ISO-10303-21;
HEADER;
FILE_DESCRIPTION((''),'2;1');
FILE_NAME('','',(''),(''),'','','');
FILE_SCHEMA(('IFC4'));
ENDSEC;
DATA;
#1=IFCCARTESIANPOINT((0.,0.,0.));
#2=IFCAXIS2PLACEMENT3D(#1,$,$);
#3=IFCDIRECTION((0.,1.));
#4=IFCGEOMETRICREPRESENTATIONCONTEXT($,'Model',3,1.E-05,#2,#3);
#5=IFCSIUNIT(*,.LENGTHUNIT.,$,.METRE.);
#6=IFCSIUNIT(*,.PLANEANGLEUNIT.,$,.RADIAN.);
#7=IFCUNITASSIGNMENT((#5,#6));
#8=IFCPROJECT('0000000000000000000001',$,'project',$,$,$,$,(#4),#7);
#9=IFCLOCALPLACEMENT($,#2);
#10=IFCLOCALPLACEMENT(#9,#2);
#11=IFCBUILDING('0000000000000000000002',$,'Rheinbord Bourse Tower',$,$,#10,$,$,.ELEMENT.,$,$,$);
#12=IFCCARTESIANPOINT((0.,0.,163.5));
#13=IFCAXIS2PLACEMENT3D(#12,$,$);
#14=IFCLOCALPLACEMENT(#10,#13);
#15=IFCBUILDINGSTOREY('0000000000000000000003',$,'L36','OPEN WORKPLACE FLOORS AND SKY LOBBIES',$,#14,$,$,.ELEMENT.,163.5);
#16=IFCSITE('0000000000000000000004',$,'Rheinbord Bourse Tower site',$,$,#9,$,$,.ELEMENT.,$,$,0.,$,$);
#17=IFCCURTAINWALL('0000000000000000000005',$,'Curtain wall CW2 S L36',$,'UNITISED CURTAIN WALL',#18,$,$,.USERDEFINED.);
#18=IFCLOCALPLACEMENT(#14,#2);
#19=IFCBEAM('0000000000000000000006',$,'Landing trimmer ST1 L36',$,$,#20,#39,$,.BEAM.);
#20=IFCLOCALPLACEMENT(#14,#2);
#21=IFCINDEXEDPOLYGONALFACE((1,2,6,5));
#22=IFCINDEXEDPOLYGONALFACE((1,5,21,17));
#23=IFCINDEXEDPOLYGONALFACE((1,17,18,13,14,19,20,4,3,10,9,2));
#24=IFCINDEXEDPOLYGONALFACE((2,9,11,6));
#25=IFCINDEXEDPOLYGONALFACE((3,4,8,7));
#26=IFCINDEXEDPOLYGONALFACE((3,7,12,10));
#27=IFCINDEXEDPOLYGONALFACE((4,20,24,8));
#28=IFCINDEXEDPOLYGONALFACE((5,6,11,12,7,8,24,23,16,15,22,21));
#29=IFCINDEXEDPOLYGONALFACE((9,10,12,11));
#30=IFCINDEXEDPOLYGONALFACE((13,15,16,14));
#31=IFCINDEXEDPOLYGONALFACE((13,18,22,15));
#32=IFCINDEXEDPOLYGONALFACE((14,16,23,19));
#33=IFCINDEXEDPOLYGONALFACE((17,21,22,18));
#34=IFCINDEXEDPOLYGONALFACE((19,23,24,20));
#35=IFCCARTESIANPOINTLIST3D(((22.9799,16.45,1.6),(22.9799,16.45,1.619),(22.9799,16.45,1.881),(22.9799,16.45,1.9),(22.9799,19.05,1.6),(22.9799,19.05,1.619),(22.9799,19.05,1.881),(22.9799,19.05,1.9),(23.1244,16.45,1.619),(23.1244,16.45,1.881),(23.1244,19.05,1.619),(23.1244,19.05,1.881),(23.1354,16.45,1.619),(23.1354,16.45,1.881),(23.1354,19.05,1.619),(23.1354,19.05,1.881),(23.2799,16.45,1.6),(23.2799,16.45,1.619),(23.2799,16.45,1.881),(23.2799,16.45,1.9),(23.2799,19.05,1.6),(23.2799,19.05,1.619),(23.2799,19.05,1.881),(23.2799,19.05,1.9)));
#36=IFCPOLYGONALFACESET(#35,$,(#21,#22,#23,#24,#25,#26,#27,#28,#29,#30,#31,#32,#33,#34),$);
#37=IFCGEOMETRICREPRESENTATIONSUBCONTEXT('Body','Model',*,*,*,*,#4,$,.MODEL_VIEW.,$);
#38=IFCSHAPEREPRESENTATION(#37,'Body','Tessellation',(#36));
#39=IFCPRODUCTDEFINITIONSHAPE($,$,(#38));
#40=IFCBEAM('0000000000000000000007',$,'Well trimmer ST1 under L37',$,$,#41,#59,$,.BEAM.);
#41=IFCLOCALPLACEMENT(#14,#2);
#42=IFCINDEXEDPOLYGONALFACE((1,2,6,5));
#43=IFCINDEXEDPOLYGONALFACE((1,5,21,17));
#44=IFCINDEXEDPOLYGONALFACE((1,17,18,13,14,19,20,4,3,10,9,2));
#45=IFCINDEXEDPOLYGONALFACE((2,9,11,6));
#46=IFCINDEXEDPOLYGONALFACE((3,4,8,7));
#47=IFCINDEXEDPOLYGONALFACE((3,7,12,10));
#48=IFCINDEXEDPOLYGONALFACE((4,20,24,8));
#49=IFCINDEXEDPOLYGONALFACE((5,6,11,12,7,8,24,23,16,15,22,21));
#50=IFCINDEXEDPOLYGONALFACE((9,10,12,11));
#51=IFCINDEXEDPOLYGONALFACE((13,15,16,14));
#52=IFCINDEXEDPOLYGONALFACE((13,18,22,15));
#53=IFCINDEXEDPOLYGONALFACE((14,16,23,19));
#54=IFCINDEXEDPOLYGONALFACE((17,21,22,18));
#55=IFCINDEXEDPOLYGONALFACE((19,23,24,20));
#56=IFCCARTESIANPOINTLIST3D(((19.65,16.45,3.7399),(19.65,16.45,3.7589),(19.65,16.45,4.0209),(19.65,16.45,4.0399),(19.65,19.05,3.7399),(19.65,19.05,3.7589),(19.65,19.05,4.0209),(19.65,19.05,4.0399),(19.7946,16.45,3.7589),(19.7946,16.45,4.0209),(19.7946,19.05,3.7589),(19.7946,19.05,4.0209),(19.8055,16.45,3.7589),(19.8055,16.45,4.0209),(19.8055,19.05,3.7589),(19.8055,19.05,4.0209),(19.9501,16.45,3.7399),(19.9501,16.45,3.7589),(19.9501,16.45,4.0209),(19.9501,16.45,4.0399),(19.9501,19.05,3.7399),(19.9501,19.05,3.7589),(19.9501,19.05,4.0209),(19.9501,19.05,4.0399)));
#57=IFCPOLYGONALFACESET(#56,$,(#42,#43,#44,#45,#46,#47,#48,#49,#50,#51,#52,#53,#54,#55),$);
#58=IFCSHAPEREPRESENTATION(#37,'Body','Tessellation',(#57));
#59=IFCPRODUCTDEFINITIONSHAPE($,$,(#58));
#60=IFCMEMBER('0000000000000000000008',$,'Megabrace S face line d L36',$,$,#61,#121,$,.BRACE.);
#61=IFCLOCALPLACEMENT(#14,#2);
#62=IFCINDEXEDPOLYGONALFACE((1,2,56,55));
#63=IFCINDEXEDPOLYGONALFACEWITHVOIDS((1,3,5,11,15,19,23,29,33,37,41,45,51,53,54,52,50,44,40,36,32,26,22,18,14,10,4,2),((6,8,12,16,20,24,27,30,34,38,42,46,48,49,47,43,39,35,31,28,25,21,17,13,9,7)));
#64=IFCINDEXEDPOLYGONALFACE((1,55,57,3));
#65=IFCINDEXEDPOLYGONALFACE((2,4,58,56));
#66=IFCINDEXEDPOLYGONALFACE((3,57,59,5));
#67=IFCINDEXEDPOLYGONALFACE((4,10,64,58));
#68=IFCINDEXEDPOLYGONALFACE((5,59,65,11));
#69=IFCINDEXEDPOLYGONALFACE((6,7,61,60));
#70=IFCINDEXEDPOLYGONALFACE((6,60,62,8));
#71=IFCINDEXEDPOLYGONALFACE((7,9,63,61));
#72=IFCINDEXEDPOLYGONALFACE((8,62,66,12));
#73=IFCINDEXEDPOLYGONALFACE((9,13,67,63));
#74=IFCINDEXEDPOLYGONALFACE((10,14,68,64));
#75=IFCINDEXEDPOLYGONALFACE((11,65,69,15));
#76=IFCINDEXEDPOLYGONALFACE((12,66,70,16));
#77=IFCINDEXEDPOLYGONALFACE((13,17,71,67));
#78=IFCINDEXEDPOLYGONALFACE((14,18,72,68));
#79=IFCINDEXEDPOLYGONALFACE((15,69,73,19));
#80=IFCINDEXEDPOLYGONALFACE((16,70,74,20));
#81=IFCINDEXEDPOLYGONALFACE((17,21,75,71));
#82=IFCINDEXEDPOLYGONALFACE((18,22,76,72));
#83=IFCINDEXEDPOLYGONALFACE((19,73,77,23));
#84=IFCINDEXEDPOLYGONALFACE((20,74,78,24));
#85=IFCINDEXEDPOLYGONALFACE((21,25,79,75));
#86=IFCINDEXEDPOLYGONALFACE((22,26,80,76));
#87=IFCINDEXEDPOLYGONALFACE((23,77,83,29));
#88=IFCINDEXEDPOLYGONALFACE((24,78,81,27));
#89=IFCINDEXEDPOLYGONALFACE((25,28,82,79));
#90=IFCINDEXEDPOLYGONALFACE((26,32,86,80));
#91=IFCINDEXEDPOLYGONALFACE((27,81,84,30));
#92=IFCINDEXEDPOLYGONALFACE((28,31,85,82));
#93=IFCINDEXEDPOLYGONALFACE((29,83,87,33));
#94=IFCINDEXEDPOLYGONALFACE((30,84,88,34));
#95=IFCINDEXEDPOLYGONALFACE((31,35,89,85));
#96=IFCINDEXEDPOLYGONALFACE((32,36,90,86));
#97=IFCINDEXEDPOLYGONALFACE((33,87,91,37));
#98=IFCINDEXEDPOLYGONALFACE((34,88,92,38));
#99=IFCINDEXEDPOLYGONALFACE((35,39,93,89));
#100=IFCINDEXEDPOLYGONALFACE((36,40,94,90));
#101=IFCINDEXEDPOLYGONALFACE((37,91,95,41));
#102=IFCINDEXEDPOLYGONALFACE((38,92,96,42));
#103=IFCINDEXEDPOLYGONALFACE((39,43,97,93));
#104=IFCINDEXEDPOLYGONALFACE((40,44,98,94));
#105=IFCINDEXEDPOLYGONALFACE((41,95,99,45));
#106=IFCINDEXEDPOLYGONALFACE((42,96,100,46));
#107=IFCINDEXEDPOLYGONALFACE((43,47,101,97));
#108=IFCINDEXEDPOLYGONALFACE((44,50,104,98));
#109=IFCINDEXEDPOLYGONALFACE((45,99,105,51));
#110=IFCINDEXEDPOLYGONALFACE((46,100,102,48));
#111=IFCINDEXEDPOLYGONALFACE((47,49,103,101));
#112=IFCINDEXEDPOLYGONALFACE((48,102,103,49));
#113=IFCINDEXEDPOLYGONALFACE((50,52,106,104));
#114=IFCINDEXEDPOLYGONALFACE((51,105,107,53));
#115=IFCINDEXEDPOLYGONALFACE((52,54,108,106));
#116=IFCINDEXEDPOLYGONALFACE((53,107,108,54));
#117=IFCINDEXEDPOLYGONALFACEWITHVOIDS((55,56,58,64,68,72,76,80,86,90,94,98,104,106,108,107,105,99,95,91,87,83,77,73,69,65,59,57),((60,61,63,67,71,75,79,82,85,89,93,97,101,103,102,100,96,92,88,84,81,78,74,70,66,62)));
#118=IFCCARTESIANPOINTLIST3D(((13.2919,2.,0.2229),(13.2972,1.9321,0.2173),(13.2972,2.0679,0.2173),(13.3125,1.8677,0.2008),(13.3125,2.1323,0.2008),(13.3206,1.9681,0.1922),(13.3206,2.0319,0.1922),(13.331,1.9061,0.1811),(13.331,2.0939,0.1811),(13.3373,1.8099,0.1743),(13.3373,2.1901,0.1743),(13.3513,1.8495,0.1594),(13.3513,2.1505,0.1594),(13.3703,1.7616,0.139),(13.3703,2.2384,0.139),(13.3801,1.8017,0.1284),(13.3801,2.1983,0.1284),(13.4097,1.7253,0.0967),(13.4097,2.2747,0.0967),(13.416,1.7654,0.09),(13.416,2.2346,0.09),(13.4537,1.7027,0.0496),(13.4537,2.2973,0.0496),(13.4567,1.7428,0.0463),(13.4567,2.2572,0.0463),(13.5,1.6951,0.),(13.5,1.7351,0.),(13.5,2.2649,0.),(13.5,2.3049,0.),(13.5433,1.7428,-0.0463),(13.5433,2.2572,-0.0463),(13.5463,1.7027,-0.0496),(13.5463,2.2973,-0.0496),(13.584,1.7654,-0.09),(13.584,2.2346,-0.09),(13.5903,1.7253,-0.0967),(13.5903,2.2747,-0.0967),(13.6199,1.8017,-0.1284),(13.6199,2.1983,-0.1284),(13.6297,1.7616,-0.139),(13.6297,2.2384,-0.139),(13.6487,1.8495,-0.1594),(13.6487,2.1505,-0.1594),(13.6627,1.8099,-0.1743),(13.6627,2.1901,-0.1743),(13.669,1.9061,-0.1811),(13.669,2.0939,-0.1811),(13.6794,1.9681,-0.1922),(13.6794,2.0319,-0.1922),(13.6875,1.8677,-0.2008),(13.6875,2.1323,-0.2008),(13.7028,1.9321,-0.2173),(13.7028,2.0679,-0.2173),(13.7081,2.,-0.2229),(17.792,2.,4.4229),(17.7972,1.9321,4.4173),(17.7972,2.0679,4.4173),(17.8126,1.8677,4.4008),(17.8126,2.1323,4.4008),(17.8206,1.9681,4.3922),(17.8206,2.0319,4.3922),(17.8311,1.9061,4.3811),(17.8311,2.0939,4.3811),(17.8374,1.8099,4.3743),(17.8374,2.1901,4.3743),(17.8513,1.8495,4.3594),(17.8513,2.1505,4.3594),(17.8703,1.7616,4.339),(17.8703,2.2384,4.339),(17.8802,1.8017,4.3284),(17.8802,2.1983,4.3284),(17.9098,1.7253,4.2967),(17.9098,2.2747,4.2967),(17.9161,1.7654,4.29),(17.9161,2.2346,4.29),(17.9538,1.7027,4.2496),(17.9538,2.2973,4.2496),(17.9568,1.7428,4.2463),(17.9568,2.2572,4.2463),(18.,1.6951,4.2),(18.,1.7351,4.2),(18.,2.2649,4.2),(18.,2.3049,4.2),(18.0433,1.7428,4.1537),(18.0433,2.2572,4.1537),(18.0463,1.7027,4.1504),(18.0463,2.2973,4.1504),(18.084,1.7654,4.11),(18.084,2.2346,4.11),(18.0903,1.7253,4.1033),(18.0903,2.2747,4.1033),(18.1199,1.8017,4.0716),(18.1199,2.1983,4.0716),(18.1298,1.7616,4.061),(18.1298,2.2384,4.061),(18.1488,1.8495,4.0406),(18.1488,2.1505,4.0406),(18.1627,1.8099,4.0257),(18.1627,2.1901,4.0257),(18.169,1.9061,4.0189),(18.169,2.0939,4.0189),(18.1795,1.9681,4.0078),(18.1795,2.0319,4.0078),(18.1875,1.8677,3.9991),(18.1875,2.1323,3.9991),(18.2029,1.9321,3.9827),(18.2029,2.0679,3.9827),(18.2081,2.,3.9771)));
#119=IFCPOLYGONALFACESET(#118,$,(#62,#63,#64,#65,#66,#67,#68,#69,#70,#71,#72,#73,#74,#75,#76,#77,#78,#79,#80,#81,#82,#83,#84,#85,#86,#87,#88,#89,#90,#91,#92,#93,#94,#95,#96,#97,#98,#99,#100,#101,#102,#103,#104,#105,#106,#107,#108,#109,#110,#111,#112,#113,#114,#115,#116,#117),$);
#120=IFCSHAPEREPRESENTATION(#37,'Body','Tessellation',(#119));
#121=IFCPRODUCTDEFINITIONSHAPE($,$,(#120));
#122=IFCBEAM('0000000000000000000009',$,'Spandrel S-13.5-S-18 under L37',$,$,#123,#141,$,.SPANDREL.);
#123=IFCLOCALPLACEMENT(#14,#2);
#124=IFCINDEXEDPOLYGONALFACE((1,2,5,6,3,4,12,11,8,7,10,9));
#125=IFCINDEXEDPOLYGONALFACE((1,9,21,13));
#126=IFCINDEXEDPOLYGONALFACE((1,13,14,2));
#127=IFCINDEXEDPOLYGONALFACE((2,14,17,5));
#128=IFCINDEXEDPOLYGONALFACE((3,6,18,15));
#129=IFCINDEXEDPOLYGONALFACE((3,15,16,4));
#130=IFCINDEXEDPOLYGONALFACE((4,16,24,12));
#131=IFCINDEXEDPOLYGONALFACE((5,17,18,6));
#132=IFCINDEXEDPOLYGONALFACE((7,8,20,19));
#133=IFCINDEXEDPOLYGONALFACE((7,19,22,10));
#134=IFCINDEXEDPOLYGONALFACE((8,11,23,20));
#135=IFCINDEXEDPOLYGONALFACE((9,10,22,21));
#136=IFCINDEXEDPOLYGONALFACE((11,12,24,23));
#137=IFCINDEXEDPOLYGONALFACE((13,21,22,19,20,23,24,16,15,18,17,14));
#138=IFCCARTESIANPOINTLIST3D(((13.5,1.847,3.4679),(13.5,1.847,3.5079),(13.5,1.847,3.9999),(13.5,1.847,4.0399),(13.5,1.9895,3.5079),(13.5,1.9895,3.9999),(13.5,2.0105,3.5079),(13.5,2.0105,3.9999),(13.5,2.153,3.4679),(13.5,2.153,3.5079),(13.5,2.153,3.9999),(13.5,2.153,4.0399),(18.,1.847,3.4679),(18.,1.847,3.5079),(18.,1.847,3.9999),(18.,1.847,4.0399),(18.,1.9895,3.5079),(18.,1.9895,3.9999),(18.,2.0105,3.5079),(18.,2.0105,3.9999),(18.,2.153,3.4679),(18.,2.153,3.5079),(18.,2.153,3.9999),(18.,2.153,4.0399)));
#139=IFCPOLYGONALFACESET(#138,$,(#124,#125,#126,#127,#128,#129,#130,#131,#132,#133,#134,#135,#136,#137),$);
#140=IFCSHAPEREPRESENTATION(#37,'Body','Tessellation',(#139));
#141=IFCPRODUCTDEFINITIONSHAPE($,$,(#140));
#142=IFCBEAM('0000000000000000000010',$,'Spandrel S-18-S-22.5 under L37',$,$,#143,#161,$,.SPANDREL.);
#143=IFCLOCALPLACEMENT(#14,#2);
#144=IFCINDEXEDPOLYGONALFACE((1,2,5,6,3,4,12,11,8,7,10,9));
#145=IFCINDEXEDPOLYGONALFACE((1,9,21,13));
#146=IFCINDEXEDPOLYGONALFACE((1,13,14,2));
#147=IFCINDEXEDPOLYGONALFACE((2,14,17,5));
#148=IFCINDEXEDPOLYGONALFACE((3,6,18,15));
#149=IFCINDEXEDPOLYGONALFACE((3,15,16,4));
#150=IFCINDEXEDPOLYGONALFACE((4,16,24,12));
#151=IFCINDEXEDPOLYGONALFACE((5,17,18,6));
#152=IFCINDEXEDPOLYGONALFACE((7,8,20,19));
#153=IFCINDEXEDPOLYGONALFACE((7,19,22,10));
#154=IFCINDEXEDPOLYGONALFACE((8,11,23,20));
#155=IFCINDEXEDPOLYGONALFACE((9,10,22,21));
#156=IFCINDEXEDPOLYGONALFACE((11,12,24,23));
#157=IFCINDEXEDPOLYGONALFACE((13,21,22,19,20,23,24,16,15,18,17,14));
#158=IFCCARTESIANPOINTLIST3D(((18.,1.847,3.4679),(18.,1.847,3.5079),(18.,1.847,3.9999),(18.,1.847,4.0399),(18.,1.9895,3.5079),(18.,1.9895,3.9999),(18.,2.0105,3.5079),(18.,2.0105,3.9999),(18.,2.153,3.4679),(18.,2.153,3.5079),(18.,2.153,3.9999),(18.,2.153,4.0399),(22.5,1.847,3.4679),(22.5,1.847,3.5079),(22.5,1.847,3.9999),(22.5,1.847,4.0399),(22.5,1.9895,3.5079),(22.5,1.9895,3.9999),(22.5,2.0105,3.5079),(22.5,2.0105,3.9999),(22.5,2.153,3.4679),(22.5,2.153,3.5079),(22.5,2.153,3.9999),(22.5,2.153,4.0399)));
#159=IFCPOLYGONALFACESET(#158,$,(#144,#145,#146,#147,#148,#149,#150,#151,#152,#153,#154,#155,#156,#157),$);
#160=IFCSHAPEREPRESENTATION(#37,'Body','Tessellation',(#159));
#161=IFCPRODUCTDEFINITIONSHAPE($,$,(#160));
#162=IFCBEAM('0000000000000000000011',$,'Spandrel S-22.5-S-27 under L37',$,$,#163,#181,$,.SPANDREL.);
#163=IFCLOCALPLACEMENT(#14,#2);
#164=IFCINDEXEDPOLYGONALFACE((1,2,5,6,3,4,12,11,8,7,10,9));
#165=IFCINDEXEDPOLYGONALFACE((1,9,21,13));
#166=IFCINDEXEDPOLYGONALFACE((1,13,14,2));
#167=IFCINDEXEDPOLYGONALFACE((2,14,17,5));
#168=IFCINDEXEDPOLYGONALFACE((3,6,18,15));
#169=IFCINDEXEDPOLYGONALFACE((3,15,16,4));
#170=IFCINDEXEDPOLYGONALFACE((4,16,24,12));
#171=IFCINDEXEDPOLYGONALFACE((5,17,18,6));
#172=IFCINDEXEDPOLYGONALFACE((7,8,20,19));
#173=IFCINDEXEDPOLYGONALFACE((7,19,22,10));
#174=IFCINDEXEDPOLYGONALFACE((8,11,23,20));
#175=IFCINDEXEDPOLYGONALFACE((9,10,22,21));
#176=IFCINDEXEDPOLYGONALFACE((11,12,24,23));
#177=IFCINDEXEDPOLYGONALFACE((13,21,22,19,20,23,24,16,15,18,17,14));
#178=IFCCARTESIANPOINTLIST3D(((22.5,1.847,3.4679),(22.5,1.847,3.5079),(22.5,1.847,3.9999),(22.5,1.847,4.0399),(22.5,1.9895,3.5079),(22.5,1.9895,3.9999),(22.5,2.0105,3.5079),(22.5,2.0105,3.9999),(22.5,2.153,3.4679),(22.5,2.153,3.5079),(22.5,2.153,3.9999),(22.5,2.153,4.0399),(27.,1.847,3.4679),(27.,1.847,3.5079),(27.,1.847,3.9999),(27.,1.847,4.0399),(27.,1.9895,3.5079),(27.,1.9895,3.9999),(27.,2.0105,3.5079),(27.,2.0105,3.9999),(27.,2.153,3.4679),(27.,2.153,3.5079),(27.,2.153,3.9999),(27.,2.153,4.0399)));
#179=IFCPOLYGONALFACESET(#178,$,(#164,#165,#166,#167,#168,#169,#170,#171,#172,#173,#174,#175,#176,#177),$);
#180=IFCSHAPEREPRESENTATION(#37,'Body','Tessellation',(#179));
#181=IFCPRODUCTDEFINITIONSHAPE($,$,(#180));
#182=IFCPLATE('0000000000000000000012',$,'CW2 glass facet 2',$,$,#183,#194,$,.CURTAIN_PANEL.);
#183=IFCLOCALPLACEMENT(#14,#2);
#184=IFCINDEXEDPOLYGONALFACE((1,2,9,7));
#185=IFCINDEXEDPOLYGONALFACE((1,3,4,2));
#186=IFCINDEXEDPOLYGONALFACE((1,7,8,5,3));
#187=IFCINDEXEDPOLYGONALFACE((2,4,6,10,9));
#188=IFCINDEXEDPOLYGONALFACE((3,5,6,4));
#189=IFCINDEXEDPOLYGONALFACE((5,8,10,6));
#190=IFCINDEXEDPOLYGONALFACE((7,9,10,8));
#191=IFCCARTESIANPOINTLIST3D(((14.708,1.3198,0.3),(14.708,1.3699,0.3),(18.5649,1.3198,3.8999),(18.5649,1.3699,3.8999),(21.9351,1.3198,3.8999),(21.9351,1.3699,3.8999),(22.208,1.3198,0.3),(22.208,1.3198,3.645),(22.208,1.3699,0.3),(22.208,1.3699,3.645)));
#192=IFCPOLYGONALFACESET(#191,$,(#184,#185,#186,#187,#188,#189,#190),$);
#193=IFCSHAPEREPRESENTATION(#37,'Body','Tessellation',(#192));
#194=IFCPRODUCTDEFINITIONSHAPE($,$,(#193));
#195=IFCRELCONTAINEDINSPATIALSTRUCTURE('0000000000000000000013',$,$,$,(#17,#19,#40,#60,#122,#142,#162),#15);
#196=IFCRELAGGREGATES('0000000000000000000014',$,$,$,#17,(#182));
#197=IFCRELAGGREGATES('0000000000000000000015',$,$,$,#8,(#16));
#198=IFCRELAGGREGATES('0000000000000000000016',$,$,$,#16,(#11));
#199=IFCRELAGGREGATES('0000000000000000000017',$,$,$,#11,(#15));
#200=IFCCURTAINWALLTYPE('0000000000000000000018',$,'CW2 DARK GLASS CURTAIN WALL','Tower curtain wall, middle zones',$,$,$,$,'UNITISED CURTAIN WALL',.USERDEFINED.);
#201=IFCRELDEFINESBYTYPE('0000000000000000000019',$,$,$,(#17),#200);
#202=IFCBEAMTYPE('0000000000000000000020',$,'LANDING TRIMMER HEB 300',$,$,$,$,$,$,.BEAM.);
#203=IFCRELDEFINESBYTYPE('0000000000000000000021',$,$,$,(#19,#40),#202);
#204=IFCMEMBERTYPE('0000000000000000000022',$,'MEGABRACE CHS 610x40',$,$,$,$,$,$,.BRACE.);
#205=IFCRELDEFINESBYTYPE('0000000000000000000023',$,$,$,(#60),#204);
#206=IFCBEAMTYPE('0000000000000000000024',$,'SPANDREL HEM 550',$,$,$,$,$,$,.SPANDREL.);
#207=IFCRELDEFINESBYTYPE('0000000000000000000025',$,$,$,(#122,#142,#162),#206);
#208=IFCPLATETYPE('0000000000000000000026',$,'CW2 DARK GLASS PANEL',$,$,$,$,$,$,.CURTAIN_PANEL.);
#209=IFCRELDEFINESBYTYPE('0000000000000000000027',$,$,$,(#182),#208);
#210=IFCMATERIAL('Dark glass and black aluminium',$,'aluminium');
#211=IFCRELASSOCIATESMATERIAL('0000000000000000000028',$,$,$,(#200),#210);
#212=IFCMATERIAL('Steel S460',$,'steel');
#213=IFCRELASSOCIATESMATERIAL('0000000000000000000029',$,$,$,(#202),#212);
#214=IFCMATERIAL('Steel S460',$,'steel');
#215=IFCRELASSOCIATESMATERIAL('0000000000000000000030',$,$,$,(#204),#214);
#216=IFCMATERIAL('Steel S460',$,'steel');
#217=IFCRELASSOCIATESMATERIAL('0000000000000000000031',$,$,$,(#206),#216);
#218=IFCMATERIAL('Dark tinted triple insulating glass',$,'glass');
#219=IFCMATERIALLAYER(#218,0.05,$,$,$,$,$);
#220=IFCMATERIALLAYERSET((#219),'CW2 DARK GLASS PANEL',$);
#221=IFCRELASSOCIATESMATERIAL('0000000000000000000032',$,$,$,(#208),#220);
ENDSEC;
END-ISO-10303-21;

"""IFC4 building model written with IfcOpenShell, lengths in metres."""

from ifc_helpers import new_model, si_unit, direction, frame, origin, origin_2d, place, context, subcontext, project, spatial, polyline, hollow_circle, i_section, outline, extrude, material, layer, layer_set, material_profile, profile_set, type_object, element, aggregate, save


model = new_model("IFC4")

# Units and contexts
model_context = context("Model", 3, precision=1e-05, world=origin(), true_north=direction((0.0, 1.0)))
body_context = subcontext(model_context, "Body", "Model", "MODEL_VIEW")
ifc_project = project(units=[si_unit("LENGTHUNIT", "METRE"), si_unit("PLANEANGLEUNIT", "RADIAN")], contexts=[model_context])

# Site, building, storey
site_placement = place(None, origin())
site = spatial("IfcSite", under=ifc_project, at=site_placement, Name="Rheinbord Bourse Tower site", CompositionType="ELEMENT", RefElevation=0.0)
building_placement = place(site_placement, origin())
building = spatial("IfcBuilding", under=site, at=building_placement, Name="Rheinbord Bourse Tower", CompositionType="ELEMENT")
storey_placement = place(building_placement, frame((0.0, 0.0, 163.5)))
storey = spatial("IfcBuildingStorey", under=building, at=storey_placement, Name="L36", Description="OPEN WORKPLACE FLOORS AND SKY LOBBIES", CompositionType="ELEMENT", Elevation=163.5)

# Curtain wall
ifc_material_1 = material(Name="Dark glass and black aluminium", Category="aluminium")
curtain_wall_type = type_object("IfcCurtainWallType", Name="CW2 DARK GLASS CURTAIN WALL", Description="Tower curtain wall, middle zones", ElementType="UNITISED CURTAIN WALL", PredefinedType="USERDEFINED", material=ifc_material_1)
curtain_wall_placement = place(storey_placement, origin())
curtain_wall = element("IfcCurtainWall", 1, at=curtain_wall_placement, inside=storey, type_object=curtain_wall_type, Name="Curtain wall CW2 S L36", ObjectType="UNITISED CURTAIN WALL", PredefinedType="USERDEFINED")

# Beams
ifc_material_2 = material(Name="Steel S460", Category="steel")
ifc_material_profile_1 = material_profile(ifc_material_2, i_section(OverallWidth=0.3, OverallDepth=0.3, WebThickness=0.011, FlangeThickness=0.019, at=origin_2d()), Name="HEB 300")
ifc_profile_set_1 = profile_set([ifc_material_profile_1], Name="Steel S460")
beam_type_1 = type_object("IfcBeamType", Name="LANDING TRIMMER HEB 300", PredefinedType="BEAM", material=ifc_profile_set_1)
for number, where, z_axis, x_axis, name in (
    (2, (23.1299, 16.45, 1.75), (0.0, 1.0, 0.0), (-1.0, 0.0, 0.0), "Landing trimmer ST1 L36"),
    (3, (19.8, 16.45, 3.8899), (0.0, 1.0, 0.0), (-1.0, 0.0, 0.0), "Well trimmer ST1 under L37"),
):
    element("IfcBeam", number, at=place(storey_placement, frame(where, z_axis=z_axis, x_axis=x_axis)), inside=storey, type_object=beam_type_1, Name=name, PredefinedType="BEAM", context=body_context, shape_type="SweptSolid", body=[
        extrude(i_section(OverallWidth=0.3, OverallDepth=0.3, WebThickness=0.011, FlangeThickness=0.019, at=origin_2d()), origin(), (0.0, 0.0, 1.0), 2.6001),
    ])

# Member
ifc_material_3 = material(Name="Steel S460", Category="steel")
ifc_material_profile_2 = material_profile(ifc_material_3, hollow_circle(Radius=0.3049, WallThickness=0.04, at=origin_2d()), Name="CHS 610x40")
ifc_profile_set_2 = profile_set([ifc_material_profile_2], Name="Steel S460")
member_type_1 = type_object("IfcMemberType", Name="MEGABRACE CHS 610x40", PredefinedType="BRACE", material=ifc_profile_set_2)
member_1_placement = place(storey_placement, frame((13.5, 2.0, 0.0), z_axis=(0.731059, 0.0, 0.682314), x_axis=(0.0, 1.0, 0.0)))
element("IfcMember", 4, at=member_1_placement, inside=storey, type_object=member_type_1, Name="Megabrace S face line d L36", PredefinedType="BRACE", context=body_context, shape_type="SweptSolid", body=[
    extrude(hollow_circle(Radius=0.3049, WallThickness=0.04, at=origin_2d()), origin(), (0.0, 0.0, 1.0), 6.1555),
])

# Beams
ifc_material_4 = material(Name="Steel S460", Category="steel")
ifc_material_profile_3 = material_profile(ifc_material_4, i_section(OverallWidth=0.3059, OverallDepth=0.572, WebThickness=0.021, FlangeThickness=0.04, at=origin_2d()), Name="HEM 550")
ifc_profile_set_3 = profile_set([ifc_material_profile_3], Name="Steel S460")
beam_type_2 = type_object("IfcBeamType", Name="SPANDREL HEM 550", PredefinedType="SPANDREL", material=ifc_profile_set_3)
for number, where, z_axis, x_axis, name in (
    (5, (13.5, 2.0, 3.7539), (1.0, 0.0, 0.0), (0.0, 1.0, 0.0), "Spandrel S-13.5-S-18 under L37"),
    (6, (18.0, 2.0, 3.7539), (1.0, 0.0, 0.0), (0.0, 1.0, 0.0), "Spandrel S-18-S-22.5 under L37"),
    (7, (22.5, 2.0, 3.7539), (1.0, 0.0, 0.0), (0.0, 1.0, 0.0), "Spandrel S-22.5-S-27 under L37"),
):
    element("IfcBeam", number, at=place(storey_placement, frame(where, z_axis=z_axis, x_axis=x_axis)), inside=storey, type_object=beam_type_2, Name=name, PredefinedType="SPANDREL", context=body_context, shape_type="SweptSolid", body=[
        extrude(i_section(OverallWidth=0.3059, OverallDepth=0.572, WebThickness=0.021, FlangeThickness=0.04, at=origin_2d()), origin(), (0.0, 0.0, 1.0), 4.5),
    ])

# Plate
ifc_material_5 = material(Name="Dark tinted triple insulating glass", Category="glass")
ifc_layer_1 = layer(ifc_material_5, 0.05)
ifc_layer_set_1 = layer_set([ifc_layer_1], Name="CW2 DARK GLASS PANEL")
plate_type = type_object("IfcPlateType", Name="CW2 DARK GLASS PANEL", PredefinedType="CURTAIN_PANEL", material=ifc_layer_set_1)
plate_1_placement = place(storey_placement, frame((22.208, 1.3198, 0.3), z_axis=(0.0, 1.0, 0.0), x_axis=(-1.0, 0.0, 0.0)))
plate_1 = element("IfcPlate", 8, at=plate_1_placement, type_object=plate_type, Name="CW2 glass facet 2", PredefinedType="CURTAIN_PANEL", context=body_context, shape_type="SweptSolid", body=[
    extrude(outline(polyline([(0.0, 0.0), (7.5, 0.0), (3.6431, 3.5999), (0.2729, 3.5999), (0.0, 3.345), (0.0, 0.0)])), origin(), (0.0, 0.0, 1.0), 0.05),
])
aggregate(curtain_wall, [plate_1])

save(model, "model.ifc")
